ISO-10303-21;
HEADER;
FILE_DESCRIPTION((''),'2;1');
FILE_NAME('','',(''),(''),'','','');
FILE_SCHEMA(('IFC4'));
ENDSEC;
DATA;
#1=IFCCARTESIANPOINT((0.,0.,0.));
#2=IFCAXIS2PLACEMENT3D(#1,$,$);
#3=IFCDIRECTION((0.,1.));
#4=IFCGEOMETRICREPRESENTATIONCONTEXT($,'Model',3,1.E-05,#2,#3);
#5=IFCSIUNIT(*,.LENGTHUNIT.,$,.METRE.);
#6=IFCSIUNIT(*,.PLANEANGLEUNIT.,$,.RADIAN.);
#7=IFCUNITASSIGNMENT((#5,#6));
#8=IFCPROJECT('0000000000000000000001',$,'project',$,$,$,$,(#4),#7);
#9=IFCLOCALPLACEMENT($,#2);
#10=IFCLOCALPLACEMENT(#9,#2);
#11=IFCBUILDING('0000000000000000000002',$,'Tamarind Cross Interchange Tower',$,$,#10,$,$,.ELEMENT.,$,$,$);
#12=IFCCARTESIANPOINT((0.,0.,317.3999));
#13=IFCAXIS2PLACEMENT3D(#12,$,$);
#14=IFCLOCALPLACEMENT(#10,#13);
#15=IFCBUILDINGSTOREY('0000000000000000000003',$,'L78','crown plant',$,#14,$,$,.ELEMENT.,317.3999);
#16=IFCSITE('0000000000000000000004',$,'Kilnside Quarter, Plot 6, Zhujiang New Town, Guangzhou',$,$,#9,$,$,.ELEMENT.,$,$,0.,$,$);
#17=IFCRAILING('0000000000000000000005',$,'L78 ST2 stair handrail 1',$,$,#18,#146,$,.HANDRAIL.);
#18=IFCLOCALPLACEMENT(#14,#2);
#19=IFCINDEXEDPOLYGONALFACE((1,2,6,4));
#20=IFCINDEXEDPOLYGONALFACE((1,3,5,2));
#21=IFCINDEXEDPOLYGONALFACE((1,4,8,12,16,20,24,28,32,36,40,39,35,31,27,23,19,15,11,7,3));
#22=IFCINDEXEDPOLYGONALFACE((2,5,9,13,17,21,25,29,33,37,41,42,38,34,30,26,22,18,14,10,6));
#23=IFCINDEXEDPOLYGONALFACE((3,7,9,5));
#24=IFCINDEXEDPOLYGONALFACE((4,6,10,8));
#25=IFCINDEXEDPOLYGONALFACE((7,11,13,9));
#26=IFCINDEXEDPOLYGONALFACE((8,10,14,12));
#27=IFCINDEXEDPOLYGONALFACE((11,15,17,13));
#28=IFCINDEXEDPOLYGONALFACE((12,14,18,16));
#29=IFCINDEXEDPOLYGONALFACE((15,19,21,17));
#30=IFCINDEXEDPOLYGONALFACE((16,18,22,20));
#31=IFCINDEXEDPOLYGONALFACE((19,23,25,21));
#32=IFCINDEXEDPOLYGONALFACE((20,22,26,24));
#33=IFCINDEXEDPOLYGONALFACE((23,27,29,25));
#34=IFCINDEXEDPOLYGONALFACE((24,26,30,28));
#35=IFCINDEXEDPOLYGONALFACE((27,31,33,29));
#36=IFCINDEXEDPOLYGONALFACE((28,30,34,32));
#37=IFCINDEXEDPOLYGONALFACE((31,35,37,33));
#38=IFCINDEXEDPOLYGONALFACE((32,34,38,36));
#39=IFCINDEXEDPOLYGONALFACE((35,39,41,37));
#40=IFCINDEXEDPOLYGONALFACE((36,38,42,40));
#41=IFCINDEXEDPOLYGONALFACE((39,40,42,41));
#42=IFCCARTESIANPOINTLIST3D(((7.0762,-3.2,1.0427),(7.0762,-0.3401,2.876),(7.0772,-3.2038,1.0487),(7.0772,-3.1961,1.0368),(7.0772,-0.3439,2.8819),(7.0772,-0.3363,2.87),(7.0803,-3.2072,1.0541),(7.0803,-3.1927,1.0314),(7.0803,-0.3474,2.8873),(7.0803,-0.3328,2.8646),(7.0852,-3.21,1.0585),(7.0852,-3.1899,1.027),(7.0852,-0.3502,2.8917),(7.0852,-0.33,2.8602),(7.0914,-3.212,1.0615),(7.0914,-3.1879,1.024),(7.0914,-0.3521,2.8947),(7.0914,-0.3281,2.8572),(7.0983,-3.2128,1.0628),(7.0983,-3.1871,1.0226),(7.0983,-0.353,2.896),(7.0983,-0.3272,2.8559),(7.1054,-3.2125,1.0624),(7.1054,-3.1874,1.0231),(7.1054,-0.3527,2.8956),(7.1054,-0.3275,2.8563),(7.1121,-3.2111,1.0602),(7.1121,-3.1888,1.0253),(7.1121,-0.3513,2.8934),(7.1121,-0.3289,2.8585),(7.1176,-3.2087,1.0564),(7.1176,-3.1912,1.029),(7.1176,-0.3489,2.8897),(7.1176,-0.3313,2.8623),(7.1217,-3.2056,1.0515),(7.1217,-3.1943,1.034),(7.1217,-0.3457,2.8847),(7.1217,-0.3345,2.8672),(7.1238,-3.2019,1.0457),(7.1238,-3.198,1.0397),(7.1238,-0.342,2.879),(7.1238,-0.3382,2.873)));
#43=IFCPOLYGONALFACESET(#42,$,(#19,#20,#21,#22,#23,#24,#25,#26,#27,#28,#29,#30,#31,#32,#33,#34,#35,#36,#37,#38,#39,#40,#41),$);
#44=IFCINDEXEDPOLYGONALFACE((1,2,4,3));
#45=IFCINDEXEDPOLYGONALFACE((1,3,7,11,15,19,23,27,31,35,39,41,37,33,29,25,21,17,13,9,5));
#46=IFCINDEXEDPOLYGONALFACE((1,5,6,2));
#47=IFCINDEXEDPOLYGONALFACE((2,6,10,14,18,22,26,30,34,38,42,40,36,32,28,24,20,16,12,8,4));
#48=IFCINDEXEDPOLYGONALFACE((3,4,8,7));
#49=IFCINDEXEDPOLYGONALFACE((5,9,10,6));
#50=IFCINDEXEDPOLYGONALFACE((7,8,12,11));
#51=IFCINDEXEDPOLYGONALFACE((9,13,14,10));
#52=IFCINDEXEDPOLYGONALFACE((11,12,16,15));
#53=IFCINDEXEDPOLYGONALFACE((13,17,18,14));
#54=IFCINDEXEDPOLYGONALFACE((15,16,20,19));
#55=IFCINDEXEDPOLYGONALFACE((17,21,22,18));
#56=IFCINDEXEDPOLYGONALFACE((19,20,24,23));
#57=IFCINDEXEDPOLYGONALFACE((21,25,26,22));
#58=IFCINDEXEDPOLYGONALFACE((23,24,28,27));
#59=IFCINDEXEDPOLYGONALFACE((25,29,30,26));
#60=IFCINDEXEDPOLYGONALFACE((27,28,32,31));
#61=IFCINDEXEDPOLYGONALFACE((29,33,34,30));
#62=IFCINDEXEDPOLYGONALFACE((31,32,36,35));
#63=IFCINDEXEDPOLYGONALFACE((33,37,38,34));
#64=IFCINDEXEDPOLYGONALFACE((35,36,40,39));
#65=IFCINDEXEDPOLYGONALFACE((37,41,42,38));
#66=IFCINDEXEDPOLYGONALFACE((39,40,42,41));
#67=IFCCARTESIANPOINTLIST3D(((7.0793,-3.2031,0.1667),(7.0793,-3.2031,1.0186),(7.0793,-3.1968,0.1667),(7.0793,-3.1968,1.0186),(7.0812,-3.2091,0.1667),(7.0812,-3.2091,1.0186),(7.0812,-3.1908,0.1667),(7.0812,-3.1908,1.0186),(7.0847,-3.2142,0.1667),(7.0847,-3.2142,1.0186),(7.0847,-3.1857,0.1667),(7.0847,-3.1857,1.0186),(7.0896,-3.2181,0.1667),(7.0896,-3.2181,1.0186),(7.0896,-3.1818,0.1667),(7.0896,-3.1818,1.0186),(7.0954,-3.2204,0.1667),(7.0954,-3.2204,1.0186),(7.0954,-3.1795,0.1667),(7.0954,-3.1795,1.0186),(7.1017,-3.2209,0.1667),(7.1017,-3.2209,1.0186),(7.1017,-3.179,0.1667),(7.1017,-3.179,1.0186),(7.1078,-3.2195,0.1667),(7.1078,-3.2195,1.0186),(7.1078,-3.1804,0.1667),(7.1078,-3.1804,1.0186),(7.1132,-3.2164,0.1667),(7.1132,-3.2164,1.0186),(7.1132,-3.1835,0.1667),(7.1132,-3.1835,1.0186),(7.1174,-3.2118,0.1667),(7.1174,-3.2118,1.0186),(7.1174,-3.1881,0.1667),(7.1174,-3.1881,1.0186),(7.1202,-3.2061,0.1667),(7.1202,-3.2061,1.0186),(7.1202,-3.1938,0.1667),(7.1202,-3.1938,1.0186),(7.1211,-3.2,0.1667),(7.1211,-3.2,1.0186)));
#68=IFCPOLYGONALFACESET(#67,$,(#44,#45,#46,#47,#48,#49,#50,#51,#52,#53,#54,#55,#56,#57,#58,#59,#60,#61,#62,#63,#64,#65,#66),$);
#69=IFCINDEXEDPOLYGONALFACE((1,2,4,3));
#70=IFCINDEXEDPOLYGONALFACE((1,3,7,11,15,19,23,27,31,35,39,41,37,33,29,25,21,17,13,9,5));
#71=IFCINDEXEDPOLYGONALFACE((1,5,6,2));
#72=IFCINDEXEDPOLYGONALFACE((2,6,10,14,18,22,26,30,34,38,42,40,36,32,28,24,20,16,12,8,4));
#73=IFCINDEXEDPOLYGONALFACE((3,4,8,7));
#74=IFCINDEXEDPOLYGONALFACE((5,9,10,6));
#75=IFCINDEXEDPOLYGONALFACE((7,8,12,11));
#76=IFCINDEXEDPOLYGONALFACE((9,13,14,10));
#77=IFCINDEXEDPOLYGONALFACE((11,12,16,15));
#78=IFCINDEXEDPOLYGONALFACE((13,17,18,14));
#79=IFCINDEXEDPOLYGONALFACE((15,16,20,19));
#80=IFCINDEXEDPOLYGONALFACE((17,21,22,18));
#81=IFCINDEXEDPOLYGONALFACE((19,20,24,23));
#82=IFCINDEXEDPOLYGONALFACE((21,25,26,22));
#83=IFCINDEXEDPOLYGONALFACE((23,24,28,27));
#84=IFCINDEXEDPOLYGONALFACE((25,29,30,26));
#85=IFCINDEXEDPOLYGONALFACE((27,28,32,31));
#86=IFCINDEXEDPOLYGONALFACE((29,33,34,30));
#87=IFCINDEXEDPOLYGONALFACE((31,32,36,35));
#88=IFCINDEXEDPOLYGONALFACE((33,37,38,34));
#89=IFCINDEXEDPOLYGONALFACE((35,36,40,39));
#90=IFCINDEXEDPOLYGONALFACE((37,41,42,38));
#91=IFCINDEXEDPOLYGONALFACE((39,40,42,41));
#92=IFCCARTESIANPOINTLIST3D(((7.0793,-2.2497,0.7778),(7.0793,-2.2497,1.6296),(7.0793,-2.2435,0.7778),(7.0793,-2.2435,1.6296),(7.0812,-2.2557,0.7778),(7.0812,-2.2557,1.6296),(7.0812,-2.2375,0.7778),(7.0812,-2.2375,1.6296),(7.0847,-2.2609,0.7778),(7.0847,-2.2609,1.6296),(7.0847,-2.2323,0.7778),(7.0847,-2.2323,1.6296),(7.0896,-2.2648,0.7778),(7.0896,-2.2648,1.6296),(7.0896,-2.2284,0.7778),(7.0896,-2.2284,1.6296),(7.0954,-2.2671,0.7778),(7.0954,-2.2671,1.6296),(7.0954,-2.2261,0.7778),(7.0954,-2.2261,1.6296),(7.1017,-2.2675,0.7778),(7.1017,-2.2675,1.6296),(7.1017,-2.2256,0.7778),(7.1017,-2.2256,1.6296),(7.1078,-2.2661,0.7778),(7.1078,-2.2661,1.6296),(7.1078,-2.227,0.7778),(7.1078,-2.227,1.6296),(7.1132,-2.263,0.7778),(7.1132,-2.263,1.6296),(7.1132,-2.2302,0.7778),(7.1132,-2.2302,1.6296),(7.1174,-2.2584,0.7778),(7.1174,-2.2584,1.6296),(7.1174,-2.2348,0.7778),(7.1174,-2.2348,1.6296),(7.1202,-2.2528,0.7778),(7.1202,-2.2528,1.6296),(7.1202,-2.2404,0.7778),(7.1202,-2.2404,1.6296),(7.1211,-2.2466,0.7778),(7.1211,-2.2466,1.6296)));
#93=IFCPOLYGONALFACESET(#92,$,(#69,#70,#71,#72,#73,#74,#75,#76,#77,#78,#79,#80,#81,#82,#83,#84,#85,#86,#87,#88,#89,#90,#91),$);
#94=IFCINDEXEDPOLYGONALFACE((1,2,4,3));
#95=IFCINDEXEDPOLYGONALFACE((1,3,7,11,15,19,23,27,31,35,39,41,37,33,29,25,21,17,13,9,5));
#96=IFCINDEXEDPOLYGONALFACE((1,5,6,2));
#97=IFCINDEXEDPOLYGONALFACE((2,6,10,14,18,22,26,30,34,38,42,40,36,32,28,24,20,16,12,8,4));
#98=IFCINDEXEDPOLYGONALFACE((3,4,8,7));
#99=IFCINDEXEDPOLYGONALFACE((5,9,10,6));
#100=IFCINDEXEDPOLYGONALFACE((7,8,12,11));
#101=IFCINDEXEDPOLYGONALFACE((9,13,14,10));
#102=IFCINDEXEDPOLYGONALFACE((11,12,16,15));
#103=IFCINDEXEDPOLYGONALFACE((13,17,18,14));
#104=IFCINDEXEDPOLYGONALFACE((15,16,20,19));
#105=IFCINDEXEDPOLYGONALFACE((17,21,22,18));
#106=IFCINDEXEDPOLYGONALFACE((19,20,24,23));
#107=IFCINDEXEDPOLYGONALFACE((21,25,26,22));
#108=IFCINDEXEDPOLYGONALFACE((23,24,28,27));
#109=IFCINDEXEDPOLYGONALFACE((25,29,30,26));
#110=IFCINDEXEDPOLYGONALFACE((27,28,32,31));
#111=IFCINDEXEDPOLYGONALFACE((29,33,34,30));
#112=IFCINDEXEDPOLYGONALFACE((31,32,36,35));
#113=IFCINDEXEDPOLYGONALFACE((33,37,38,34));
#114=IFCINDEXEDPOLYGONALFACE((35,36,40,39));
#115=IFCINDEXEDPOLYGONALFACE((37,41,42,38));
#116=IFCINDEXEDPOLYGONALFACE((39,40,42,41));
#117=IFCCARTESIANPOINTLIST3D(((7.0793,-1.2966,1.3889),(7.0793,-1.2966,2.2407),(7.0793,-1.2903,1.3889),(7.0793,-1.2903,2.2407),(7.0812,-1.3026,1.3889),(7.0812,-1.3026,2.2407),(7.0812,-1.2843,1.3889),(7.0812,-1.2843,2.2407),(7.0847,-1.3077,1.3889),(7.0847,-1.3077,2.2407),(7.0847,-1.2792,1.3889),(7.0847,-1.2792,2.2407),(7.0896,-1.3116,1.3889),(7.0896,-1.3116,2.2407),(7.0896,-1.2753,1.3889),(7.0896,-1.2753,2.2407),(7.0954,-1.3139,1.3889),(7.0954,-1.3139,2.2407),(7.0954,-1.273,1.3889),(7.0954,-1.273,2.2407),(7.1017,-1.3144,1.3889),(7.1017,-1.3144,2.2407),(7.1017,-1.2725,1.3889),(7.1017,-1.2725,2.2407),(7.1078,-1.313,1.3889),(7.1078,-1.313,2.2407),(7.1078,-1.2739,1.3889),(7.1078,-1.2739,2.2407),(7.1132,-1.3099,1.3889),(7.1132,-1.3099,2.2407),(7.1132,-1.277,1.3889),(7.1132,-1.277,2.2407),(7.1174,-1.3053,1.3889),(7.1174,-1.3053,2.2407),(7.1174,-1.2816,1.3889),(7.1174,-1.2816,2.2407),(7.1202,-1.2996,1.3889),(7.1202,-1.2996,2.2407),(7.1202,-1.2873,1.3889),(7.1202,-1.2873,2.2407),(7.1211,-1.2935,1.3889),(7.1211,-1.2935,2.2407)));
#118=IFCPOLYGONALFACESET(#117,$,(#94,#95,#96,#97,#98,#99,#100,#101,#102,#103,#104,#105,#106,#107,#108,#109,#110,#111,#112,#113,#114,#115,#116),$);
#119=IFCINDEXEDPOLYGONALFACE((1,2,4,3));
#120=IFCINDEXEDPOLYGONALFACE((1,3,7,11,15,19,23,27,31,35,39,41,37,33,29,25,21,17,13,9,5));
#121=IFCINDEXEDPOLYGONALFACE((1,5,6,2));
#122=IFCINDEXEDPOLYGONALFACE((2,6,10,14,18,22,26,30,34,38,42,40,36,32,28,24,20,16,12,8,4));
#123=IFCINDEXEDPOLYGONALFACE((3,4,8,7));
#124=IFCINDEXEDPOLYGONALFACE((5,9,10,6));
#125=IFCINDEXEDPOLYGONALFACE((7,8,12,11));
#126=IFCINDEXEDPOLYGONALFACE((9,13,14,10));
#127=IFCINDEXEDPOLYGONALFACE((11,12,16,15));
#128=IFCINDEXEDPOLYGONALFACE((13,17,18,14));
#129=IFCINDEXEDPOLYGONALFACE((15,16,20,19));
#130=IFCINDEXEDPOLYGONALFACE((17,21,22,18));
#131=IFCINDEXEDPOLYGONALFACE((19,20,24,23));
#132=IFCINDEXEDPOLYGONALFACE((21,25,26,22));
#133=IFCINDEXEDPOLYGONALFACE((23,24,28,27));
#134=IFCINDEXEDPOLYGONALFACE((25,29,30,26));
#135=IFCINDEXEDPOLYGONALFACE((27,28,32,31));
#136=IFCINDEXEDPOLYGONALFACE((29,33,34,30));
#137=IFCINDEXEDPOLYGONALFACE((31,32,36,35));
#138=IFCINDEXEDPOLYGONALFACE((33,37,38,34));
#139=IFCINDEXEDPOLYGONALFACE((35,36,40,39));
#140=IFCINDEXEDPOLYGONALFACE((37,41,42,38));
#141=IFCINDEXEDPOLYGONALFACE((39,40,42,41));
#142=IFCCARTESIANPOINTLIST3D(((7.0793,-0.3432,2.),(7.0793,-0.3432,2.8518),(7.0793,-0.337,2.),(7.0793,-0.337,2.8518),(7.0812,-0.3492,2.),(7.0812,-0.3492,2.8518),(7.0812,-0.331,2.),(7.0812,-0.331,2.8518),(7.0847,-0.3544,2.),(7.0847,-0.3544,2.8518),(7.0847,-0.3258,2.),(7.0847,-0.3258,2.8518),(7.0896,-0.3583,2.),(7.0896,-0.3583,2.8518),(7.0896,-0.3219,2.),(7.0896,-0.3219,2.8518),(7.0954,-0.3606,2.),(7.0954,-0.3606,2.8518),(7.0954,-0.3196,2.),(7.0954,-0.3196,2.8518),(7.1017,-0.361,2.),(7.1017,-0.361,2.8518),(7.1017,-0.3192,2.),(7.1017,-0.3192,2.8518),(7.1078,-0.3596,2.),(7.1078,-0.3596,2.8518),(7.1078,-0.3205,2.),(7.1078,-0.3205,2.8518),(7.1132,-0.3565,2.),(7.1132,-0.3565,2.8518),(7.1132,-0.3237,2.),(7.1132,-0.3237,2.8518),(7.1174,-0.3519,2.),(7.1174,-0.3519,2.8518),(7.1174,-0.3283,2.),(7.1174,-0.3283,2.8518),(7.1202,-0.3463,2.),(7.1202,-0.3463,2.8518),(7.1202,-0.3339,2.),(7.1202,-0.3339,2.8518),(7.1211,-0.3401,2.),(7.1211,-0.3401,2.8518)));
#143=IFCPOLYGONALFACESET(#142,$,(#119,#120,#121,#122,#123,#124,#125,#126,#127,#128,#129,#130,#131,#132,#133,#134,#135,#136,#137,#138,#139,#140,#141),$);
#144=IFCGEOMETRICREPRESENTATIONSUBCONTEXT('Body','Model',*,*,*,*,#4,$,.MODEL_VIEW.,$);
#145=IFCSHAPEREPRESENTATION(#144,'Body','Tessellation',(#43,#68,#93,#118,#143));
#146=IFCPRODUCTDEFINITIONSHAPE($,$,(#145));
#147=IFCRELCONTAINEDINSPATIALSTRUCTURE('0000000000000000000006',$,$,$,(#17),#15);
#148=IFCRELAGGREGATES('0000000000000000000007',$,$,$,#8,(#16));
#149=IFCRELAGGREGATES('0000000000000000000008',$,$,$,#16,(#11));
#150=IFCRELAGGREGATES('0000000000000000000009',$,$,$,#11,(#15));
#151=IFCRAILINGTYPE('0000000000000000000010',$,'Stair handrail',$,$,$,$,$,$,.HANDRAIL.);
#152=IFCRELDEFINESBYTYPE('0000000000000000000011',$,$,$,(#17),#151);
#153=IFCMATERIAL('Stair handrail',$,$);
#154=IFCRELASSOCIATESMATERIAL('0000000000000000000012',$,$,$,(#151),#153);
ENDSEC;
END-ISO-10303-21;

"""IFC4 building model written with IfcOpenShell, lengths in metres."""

from ifc_helpers import new_model, si_unit, direction, frame, origin, origin_2d, place, context, subcontext, project, spatial, circle, extrude, material, type_object, element, save


model = new_model("IFC4")

# Units and contexts
model_context = context("Model", 3, precision=1e-05, world=origin(), true_north=direction((0.0, 1.0)))
body_context = subcontext(model_context, "Body", "Model", "MODEL_VIEW")
ifc_project = project(units=[si_unit("LENGTHUNIT", "METRE"), si_unit("PLANEANGLEUNIT", "RADIAN")], contexts=[model_context])

# Site, building, storey
site_placement = place(None, origin())
site = spatial("IfcSite", under=ifc_project, at=site_placement, Name="Kilnside Quarter, Plot 6, Zhujiang New Town, Guangzhou", CompositionType="ELEMENT", RefElevation=0.0)
building_placement = place(site_placement, origin())
building = spatial("IfcBuilding", under=site, at=building_placement, Name="Tamarind Cross Interchange Tower", CompositionType="ELEMENT")
storey_placement = place(building_placement, frame((0.0, 0.0, 317.3999)))
storey = spatial("IfcBuildingStorey", under=building, at=storey_placement, Name="L78", Description="crown plant", CompositionType="ELEMENT", Elevation=317.3999)

# Railing
ifc_material_1 = material(Name="Stair handrail")
railing_type_1 = type_object("IfcRailingType", Name="Stair handrail", PredefinedType="HANDRAIL", material=ifc_material_1)
railing_1_placement = place(storey_placement, frame((7.1001, -3.2, 0.1667)))
element("IfcRailing", 1, at=railing_1_placement, inside=storey, type_object=railing_type_1, Name="L78 ST2 stair handrail 1", PredefinedType="HANDRAIL", context=body_context, shape_type="SweptSolid", body=[
    extrude(circle(Radius=0.0239, at=origin_2d()), frame((0.0, 0.0, 0.876), z_axis=(0.0, 0.841878, 0.539667), x_axis=(-1.0, 0.0, 0.0)), (0.0, 0.0, 1.0), 3.397),
    extrude(circle(Radius=0.021, at=origin_2d()), origin(), (0.0, 0.0, 1.0), 0.8518),
    extrude(circle(Radius=0.021, at=origin_2d()), frame((0.0, 0.9534, 0.6111)), (0.0, 0.0, 1.0), 0.8518),
    extrude(circle(Radius=0.021, at=origin_2d()), frame((0.0, 1.9065, 1.2222)), (0.0, 0.0, 1.0), 0.8518),
    extrude(circle(Radius=0.021, at=origin_2d()), frame((0.0, 2.8599, 1.8333)), (0.0, 0.0, 1.0), 0.8518),
])

save(model, "model.ifc")
